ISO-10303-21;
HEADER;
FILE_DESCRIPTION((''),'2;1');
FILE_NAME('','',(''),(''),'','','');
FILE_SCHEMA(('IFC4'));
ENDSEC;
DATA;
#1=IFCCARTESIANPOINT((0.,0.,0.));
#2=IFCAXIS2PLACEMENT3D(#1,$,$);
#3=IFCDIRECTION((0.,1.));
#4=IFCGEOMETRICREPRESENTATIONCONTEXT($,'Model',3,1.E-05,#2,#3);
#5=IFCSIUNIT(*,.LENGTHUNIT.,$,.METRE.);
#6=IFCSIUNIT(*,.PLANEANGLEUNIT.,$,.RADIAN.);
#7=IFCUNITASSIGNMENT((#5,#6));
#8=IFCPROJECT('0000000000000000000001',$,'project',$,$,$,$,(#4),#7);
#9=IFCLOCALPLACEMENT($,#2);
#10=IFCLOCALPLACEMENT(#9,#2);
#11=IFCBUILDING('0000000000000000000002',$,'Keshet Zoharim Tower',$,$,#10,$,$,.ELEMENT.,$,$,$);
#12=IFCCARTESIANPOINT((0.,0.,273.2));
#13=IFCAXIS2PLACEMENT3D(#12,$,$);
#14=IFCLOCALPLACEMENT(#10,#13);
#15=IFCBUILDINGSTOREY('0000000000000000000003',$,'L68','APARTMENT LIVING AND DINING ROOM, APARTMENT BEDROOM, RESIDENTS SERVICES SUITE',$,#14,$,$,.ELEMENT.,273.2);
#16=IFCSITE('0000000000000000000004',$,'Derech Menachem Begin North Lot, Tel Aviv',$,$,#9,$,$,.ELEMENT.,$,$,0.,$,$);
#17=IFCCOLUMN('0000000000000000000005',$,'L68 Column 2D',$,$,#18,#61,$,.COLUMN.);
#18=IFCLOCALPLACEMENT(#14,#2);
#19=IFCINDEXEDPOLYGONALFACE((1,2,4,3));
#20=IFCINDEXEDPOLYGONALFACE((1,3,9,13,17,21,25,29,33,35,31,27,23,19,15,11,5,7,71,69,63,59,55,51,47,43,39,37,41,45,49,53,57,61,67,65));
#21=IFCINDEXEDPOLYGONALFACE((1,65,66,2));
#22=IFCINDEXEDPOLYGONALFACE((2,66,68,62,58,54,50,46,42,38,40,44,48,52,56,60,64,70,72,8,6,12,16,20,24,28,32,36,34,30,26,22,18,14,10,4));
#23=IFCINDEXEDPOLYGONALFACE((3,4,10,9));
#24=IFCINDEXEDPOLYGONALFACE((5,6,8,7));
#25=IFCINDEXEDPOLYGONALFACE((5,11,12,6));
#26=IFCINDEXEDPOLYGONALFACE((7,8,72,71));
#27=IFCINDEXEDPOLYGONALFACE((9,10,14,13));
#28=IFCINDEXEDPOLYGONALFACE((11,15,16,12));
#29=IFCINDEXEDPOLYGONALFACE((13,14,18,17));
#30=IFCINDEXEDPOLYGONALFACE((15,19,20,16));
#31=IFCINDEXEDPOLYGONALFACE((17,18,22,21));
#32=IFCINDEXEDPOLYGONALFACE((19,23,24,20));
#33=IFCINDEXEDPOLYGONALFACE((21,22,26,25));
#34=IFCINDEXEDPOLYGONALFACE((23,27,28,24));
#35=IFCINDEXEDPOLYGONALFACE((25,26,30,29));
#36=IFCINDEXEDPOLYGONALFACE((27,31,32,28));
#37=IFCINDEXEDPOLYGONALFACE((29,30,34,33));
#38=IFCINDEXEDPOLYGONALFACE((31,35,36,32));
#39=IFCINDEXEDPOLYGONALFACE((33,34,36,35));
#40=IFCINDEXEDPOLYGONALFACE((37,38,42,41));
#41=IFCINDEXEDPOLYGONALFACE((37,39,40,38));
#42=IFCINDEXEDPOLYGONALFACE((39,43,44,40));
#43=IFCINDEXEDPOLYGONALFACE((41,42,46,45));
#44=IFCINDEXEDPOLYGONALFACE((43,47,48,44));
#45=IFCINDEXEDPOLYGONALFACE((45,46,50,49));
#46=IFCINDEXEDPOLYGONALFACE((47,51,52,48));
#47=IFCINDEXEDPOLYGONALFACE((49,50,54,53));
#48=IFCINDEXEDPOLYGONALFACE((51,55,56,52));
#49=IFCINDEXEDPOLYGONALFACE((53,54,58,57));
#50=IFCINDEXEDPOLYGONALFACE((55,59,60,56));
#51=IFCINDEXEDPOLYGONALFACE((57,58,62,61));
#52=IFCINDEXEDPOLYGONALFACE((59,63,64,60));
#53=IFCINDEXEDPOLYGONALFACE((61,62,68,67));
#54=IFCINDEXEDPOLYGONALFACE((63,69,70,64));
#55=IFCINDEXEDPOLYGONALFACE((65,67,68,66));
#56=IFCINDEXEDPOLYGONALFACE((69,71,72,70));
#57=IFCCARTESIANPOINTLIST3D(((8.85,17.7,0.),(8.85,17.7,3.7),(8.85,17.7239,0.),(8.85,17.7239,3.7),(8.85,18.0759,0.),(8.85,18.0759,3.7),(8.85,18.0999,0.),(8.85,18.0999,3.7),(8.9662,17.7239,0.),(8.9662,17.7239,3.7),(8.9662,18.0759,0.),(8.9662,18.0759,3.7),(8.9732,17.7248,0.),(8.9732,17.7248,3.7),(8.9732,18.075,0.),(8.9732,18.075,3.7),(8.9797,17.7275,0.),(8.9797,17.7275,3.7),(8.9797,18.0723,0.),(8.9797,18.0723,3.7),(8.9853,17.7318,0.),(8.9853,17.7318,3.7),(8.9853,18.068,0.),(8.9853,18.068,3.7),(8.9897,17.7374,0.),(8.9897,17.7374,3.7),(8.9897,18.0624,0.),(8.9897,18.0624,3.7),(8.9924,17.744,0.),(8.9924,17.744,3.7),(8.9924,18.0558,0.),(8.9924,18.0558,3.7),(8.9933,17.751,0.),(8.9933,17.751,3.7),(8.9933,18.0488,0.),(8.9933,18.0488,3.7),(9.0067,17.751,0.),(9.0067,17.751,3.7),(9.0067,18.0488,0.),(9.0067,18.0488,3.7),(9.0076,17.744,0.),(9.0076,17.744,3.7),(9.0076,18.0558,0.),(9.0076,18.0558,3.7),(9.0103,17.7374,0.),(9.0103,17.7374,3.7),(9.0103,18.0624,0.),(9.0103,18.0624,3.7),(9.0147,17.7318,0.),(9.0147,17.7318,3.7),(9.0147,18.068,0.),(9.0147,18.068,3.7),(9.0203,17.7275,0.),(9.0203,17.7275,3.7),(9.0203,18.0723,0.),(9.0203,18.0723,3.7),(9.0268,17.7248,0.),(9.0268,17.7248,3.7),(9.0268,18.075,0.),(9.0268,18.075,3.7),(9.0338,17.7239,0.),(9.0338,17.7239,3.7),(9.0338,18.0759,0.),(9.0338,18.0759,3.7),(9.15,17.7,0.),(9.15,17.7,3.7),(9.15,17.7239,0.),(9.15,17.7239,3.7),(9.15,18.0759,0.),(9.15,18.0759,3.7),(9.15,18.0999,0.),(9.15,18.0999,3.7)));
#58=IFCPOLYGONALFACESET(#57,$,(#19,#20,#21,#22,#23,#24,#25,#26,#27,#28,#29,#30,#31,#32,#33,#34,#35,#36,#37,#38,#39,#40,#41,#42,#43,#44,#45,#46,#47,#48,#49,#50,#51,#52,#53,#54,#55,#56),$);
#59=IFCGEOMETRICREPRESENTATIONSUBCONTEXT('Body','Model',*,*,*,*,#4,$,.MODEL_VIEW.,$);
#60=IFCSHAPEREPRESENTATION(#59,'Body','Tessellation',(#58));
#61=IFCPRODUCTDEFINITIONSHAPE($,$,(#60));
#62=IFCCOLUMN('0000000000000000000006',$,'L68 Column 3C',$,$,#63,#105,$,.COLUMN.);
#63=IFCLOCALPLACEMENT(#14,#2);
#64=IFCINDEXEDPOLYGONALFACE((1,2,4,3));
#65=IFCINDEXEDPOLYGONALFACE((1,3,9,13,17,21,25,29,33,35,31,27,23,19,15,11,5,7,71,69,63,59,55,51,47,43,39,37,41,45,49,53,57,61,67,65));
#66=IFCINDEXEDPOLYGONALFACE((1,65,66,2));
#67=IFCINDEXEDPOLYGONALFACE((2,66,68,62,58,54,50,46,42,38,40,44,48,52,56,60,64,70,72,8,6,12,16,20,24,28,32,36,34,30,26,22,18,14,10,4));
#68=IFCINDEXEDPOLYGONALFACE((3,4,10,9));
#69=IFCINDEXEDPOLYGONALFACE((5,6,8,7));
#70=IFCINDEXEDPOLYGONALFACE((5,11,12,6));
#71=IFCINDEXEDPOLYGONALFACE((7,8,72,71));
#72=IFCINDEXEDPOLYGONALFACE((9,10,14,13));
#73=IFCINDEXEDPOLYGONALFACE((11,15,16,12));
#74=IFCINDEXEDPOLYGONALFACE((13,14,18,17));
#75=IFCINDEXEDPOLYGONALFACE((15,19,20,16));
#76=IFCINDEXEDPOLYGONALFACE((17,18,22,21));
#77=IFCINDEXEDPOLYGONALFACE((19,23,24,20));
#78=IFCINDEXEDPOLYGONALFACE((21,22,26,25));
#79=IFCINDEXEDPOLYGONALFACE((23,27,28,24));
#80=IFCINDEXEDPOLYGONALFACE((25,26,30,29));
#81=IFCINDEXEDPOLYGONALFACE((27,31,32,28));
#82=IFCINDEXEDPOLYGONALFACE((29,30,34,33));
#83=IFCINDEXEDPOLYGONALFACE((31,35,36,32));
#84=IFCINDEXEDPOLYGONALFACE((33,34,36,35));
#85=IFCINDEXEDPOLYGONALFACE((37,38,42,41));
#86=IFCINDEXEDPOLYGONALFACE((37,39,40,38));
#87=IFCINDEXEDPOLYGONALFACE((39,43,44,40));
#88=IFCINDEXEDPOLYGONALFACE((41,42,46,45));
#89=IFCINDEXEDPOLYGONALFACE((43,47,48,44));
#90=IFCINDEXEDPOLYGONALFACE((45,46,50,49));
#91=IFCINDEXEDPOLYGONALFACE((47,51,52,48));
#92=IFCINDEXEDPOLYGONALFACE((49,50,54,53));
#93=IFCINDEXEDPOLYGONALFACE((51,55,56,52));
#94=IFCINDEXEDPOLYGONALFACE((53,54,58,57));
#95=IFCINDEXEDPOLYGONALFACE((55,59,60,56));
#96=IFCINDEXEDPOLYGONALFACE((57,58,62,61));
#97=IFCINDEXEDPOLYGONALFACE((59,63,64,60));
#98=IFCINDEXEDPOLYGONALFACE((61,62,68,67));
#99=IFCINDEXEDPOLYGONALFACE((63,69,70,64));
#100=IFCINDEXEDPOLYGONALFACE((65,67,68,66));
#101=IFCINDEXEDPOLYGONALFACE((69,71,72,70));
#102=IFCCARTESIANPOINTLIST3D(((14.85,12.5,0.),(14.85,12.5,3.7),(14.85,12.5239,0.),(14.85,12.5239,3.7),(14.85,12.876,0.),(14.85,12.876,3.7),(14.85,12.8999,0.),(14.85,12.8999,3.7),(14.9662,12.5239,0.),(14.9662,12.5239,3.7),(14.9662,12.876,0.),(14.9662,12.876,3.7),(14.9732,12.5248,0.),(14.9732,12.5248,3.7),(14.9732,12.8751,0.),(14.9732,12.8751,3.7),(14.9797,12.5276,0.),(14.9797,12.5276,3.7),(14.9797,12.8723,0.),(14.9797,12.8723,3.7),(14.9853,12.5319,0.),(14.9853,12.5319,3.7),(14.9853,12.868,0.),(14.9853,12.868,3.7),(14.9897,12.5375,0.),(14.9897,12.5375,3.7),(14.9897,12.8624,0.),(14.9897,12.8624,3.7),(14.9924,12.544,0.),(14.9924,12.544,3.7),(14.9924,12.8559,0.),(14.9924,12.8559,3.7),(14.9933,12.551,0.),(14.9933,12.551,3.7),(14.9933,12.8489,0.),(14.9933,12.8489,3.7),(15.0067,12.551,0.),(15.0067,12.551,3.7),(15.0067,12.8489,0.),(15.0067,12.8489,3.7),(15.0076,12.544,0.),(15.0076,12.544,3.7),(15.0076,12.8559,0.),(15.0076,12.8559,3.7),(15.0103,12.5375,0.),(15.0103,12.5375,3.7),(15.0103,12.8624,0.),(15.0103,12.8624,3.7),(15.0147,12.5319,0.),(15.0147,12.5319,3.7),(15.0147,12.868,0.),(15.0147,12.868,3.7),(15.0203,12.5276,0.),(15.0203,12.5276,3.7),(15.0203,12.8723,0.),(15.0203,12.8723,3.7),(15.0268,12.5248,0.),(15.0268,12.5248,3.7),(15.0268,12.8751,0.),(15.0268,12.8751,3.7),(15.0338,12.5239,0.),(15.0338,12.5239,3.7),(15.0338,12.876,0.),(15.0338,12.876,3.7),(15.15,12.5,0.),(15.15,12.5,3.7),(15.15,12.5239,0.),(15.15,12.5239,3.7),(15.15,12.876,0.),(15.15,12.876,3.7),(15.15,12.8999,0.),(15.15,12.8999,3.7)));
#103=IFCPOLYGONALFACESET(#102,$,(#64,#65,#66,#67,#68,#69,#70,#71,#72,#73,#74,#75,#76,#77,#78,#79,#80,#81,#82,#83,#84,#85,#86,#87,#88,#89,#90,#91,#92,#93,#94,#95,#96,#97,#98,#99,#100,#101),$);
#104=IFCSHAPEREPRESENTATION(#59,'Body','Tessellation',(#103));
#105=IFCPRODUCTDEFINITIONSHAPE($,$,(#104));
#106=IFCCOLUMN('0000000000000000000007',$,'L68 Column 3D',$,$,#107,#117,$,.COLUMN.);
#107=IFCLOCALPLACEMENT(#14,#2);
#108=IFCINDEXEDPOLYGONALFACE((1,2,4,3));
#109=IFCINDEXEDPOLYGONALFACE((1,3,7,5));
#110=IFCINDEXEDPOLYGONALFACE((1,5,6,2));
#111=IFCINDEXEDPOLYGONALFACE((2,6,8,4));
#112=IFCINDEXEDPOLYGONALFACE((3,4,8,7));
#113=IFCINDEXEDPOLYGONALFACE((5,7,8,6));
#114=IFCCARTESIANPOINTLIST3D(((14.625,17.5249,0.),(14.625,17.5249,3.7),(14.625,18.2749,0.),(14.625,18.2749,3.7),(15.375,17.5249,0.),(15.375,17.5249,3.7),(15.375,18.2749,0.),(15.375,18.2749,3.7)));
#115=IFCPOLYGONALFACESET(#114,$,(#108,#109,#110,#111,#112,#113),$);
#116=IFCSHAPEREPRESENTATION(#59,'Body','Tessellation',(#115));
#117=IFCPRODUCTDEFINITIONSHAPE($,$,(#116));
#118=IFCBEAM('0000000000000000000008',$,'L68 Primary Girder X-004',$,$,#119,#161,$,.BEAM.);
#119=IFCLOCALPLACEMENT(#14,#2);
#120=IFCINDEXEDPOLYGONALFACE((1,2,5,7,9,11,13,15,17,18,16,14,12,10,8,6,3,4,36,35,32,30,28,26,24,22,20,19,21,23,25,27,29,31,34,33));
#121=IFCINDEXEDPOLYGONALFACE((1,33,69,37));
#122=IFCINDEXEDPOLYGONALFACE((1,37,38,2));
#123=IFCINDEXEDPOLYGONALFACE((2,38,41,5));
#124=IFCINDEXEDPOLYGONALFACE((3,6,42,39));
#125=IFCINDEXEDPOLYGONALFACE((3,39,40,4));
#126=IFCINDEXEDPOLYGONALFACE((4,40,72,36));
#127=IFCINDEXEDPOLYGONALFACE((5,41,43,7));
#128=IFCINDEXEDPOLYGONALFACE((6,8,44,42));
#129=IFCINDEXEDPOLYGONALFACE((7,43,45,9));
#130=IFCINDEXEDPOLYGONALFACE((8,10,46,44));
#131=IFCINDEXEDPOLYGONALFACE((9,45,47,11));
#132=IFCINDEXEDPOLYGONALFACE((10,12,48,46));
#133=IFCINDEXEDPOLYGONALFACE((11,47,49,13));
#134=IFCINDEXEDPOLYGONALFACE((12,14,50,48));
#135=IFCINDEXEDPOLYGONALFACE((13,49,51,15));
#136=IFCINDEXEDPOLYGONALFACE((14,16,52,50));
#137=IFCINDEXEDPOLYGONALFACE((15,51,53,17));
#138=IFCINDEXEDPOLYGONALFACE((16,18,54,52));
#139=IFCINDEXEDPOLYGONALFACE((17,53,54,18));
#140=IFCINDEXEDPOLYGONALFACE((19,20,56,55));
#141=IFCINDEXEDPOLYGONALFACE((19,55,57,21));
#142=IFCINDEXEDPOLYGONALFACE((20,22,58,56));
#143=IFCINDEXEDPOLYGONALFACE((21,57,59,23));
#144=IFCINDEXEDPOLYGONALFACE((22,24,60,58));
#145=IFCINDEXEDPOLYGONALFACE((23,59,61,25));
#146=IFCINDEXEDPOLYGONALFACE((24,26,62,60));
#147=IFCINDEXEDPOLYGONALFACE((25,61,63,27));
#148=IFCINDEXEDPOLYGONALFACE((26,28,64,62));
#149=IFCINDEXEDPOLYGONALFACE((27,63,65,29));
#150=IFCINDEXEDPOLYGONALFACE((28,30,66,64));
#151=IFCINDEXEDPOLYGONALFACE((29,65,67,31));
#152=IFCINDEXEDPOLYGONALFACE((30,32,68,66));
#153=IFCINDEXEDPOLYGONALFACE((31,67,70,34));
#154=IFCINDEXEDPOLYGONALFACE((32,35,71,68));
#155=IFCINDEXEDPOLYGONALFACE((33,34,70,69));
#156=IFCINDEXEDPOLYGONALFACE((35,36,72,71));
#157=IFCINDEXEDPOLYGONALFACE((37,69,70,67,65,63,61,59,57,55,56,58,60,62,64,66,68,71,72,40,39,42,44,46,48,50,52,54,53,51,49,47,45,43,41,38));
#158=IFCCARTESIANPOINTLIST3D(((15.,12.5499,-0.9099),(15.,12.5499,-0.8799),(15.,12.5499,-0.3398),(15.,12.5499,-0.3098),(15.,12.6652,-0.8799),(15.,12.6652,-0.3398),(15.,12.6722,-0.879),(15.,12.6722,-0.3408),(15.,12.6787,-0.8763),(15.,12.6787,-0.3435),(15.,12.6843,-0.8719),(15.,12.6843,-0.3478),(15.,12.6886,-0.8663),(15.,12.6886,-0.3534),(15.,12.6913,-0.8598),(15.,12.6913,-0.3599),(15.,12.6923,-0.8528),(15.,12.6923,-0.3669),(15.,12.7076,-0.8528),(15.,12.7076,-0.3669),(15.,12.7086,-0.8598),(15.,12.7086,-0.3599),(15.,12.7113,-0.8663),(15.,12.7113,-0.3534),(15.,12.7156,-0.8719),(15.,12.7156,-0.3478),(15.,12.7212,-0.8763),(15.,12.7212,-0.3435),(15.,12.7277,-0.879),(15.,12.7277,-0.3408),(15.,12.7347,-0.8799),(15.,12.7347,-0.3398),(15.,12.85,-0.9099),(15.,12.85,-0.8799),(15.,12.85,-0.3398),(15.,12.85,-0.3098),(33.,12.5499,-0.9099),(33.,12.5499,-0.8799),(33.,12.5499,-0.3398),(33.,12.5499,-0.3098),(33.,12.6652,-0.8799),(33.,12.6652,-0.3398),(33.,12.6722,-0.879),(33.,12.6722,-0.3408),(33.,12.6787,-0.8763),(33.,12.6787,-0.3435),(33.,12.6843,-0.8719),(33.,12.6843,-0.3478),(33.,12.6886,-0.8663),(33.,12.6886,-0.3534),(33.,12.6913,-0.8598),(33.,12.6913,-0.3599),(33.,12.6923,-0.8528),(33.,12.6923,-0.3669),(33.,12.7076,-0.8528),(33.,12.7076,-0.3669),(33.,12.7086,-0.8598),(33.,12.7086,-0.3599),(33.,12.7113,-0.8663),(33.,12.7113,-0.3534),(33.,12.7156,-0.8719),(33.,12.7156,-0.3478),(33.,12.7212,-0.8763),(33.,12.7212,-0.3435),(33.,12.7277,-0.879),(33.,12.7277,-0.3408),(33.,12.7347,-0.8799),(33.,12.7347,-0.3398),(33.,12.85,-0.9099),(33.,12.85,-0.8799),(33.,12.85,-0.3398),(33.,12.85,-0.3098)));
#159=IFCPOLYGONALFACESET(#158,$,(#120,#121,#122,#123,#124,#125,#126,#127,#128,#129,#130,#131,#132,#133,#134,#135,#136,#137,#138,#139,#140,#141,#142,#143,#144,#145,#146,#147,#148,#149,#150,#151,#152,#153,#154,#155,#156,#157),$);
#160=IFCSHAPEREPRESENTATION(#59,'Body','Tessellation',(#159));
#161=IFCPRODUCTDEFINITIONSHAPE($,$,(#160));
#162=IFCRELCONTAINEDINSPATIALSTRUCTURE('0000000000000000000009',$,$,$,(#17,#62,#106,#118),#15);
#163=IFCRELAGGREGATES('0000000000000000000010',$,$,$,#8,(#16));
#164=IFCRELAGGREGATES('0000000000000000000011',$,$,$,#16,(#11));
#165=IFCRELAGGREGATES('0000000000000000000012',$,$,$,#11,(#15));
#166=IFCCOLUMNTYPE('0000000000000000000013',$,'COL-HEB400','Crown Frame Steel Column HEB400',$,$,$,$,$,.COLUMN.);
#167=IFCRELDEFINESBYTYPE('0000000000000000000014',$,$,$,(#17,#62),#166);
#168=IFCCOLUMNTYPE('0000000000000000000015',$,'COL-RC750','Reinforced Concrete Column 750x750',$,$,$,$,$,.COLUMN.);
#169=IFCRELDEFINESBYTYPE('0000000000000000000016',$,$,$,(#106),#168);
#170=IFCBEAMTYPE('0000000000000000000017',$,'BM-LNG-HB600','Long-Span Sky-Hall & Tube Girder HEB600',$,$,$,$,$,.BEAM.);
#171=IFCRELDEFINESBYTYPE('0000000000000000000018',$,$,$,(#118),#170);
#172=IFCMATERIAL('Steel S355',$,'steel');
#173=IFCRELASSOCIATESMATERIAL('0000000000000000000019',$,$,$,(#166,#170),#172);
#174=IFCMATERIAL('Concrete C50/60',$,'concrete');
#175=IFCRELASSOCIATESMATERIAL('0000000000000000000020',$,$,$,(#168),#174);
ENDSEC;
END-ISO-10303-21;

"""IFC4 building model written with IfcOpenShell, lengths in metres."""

from ifc_helpers import new_model, si_unit, direction, frame, origin, origin_2d, place, context, subcontext, project, spatial, rectangle, i_section, extrude, material, material_profile, profile_set, type_object, element, save


model = new_model("IFC4")

# Units and contexts
model_context = context("Model", 3, precision=1e-05, world=origin(), true_north=direction((0.0, 1.0)))
body_context = subcontext(model_context, "Body", "Model", "MODEL_VIEW")
ifc_project = project(units=[si_unit("LENGTHUNIT", "METRE"), si_unit("PLANEANGLEUNIT", "RADIAN")], contexts=[model_context])

# Site, building, storey
site_placement = place(None, origin())
site = spatial("IfcSite", under=ifc_project, at=site_placement, Name="Derech Menachem Begin North Lot, Tel Aviv", CompositionType="ELEMENT", RefElevation=0.0)
building_placement = place(site_placement, origin())
building = spatial("IfcBuilding", under=site, at=building_placement, Name="Keshet Zoharim Tower", CompositionType="ELEMENT")
storey_placement = place(building_placement, frame((0.0, 0.0, 273.2)))
storey = spatial("IfcBuildingStorey", under=building, at=storey_placement, Name="L68", Description="APARTMENT LIVING AND DINING ROOM, APARTMENT BEDROOM, RESIDENTS SERVICES SUITE", CompositionType="ELEMENT", Elevation=273.2)

# Columns
ifc_material_1 = material(Name="Steel S355", Category="steel")
ifc_material_profile_1 = material_profile(ifc_material_1, i_section(OverallWidth=0.3, OverallDepth=0.3999, WebThickness=0.0134, FlangeThickness=0.0239, FilletRadius=0.0271, at=origin_2d()), Name="HEB400")
ifc_profile_set_1 = profile_set([ifc_material_profile_1], Name="Steel S355")
column_type_1 = type_object("IfcColumnType", Name="COL-HEB400", Description="Crown Frame Steel Column HEB400", PredefinedType="COLUMN", material=ifc_profile_set_1)
for number, where, z_axis, x_axis, name in (
    (1, (9.0, 17.8999, 0.0), (0.0, 0.0, 1.0), (1.0, 0.0, 0.0), "L68 Column 2D"),
    (2, (15.0, 12.7, 0.0), (0.0, 0.0, 1.0), (1.0, 0.0, 0.0), "L68 Column 3C"),
):
    element("IfcColumn", number, at=place(storey_placement, frame(where, z_axis=z_axis, x_axis=x_axis)), inside=storey, type_object=column_type_1, Name=name, PredefinedType="COLUMN", context=body_context, shape_type="SweptSolid", body=[
        extrude(i_section(OverallWidth=0.3, OverallDepth=0.3999, WebThickness=0.0134, FlangeThickness=0.0239, FilletRadius=0.0271, at=origin_2d()), origin(), (0.0, 0.0, 1.0), 3.7),
    ])
ifc_material_2 = material(Name="Concrete C50/60", Category="concrete")
ifc_material_profile_2 = material_profile(ifc_material_2, rectangle(XDim=0.75, YDim=0.75, at=origin_2d()), Name="RC750x750")
ifc_profile_set_2 = profile_set([ifc_material_profile_2], Name="Concrete C50/60")
column_type_2 = type_object("IfcColumnType", Name="COL-RC750", Description="Reinforced Concrete Column 750x750", PredefinedType="COLUMN", material=ifc_profile_set_2)
column_placement = place(storey_placement, frame((15.0, 17.8999, 0.0), z_axis=(0.0, 0.0, 1.0), x_axis=(1.0, 0.0, 0.0)))
element("IfcColumn", 3, at=column_placement, inside=storey, type_object=column_type_2, Name="L68 Column 3D", PredefinedType="COLUMN", context=body_context, shape_type="SweptSolid", body=[
    extrude(rectangle(XDim=0.75, YDim=0.75, at=origin_2d()), origin(), (0.0, 0.0, 1.0), 3.7),
])

# Beam
ifc_material_profile_3 = material_profile(ifc_material_1, i_section(OverallWidth=0.3, OverallDepth=0.6001, WebThickness=0.0154, FlangeThickness=0.03, FilletRadius=0.0271, at=origin_2d()), Name="HEB600")
ifc_profile_set_3 = profile_set([ifc_material_profile_3], Name="Steel S355")
beam_type_1 = type_object("IfcBeamType", Name="BM-LNG-HB600", Description="Long-Span Sky-Hall & Tube Girder HEB600", PredefinedType="BEAM", material=ifc_profile_set_3)
beam_1_placement = place(storey_placement, frame((15.0, 12.7, -0.6099), z_axis=(1.0, 0.0, 0.0), x_axis=(0.0, 1.0, 0.0)))
element("IfcBeam", 4, at=beam_1_placement, inside=storey, type_object=beam_type_1, Name="L68 Primary Girder X-004", PredefinedType="BEAM", context=body_context, shape_type="SweptSolid", body=[
    extrude(i_section(OverallWidth=0.3, OverallDepth=0.6001, WebThickness=0.0154, FlangeThickness=0.03, FilletRadius=0.0271, at=origin_2d()), origin(), (0.0, 0.0, 1.0), 18.0),
])

save(model, "model.ifc")
